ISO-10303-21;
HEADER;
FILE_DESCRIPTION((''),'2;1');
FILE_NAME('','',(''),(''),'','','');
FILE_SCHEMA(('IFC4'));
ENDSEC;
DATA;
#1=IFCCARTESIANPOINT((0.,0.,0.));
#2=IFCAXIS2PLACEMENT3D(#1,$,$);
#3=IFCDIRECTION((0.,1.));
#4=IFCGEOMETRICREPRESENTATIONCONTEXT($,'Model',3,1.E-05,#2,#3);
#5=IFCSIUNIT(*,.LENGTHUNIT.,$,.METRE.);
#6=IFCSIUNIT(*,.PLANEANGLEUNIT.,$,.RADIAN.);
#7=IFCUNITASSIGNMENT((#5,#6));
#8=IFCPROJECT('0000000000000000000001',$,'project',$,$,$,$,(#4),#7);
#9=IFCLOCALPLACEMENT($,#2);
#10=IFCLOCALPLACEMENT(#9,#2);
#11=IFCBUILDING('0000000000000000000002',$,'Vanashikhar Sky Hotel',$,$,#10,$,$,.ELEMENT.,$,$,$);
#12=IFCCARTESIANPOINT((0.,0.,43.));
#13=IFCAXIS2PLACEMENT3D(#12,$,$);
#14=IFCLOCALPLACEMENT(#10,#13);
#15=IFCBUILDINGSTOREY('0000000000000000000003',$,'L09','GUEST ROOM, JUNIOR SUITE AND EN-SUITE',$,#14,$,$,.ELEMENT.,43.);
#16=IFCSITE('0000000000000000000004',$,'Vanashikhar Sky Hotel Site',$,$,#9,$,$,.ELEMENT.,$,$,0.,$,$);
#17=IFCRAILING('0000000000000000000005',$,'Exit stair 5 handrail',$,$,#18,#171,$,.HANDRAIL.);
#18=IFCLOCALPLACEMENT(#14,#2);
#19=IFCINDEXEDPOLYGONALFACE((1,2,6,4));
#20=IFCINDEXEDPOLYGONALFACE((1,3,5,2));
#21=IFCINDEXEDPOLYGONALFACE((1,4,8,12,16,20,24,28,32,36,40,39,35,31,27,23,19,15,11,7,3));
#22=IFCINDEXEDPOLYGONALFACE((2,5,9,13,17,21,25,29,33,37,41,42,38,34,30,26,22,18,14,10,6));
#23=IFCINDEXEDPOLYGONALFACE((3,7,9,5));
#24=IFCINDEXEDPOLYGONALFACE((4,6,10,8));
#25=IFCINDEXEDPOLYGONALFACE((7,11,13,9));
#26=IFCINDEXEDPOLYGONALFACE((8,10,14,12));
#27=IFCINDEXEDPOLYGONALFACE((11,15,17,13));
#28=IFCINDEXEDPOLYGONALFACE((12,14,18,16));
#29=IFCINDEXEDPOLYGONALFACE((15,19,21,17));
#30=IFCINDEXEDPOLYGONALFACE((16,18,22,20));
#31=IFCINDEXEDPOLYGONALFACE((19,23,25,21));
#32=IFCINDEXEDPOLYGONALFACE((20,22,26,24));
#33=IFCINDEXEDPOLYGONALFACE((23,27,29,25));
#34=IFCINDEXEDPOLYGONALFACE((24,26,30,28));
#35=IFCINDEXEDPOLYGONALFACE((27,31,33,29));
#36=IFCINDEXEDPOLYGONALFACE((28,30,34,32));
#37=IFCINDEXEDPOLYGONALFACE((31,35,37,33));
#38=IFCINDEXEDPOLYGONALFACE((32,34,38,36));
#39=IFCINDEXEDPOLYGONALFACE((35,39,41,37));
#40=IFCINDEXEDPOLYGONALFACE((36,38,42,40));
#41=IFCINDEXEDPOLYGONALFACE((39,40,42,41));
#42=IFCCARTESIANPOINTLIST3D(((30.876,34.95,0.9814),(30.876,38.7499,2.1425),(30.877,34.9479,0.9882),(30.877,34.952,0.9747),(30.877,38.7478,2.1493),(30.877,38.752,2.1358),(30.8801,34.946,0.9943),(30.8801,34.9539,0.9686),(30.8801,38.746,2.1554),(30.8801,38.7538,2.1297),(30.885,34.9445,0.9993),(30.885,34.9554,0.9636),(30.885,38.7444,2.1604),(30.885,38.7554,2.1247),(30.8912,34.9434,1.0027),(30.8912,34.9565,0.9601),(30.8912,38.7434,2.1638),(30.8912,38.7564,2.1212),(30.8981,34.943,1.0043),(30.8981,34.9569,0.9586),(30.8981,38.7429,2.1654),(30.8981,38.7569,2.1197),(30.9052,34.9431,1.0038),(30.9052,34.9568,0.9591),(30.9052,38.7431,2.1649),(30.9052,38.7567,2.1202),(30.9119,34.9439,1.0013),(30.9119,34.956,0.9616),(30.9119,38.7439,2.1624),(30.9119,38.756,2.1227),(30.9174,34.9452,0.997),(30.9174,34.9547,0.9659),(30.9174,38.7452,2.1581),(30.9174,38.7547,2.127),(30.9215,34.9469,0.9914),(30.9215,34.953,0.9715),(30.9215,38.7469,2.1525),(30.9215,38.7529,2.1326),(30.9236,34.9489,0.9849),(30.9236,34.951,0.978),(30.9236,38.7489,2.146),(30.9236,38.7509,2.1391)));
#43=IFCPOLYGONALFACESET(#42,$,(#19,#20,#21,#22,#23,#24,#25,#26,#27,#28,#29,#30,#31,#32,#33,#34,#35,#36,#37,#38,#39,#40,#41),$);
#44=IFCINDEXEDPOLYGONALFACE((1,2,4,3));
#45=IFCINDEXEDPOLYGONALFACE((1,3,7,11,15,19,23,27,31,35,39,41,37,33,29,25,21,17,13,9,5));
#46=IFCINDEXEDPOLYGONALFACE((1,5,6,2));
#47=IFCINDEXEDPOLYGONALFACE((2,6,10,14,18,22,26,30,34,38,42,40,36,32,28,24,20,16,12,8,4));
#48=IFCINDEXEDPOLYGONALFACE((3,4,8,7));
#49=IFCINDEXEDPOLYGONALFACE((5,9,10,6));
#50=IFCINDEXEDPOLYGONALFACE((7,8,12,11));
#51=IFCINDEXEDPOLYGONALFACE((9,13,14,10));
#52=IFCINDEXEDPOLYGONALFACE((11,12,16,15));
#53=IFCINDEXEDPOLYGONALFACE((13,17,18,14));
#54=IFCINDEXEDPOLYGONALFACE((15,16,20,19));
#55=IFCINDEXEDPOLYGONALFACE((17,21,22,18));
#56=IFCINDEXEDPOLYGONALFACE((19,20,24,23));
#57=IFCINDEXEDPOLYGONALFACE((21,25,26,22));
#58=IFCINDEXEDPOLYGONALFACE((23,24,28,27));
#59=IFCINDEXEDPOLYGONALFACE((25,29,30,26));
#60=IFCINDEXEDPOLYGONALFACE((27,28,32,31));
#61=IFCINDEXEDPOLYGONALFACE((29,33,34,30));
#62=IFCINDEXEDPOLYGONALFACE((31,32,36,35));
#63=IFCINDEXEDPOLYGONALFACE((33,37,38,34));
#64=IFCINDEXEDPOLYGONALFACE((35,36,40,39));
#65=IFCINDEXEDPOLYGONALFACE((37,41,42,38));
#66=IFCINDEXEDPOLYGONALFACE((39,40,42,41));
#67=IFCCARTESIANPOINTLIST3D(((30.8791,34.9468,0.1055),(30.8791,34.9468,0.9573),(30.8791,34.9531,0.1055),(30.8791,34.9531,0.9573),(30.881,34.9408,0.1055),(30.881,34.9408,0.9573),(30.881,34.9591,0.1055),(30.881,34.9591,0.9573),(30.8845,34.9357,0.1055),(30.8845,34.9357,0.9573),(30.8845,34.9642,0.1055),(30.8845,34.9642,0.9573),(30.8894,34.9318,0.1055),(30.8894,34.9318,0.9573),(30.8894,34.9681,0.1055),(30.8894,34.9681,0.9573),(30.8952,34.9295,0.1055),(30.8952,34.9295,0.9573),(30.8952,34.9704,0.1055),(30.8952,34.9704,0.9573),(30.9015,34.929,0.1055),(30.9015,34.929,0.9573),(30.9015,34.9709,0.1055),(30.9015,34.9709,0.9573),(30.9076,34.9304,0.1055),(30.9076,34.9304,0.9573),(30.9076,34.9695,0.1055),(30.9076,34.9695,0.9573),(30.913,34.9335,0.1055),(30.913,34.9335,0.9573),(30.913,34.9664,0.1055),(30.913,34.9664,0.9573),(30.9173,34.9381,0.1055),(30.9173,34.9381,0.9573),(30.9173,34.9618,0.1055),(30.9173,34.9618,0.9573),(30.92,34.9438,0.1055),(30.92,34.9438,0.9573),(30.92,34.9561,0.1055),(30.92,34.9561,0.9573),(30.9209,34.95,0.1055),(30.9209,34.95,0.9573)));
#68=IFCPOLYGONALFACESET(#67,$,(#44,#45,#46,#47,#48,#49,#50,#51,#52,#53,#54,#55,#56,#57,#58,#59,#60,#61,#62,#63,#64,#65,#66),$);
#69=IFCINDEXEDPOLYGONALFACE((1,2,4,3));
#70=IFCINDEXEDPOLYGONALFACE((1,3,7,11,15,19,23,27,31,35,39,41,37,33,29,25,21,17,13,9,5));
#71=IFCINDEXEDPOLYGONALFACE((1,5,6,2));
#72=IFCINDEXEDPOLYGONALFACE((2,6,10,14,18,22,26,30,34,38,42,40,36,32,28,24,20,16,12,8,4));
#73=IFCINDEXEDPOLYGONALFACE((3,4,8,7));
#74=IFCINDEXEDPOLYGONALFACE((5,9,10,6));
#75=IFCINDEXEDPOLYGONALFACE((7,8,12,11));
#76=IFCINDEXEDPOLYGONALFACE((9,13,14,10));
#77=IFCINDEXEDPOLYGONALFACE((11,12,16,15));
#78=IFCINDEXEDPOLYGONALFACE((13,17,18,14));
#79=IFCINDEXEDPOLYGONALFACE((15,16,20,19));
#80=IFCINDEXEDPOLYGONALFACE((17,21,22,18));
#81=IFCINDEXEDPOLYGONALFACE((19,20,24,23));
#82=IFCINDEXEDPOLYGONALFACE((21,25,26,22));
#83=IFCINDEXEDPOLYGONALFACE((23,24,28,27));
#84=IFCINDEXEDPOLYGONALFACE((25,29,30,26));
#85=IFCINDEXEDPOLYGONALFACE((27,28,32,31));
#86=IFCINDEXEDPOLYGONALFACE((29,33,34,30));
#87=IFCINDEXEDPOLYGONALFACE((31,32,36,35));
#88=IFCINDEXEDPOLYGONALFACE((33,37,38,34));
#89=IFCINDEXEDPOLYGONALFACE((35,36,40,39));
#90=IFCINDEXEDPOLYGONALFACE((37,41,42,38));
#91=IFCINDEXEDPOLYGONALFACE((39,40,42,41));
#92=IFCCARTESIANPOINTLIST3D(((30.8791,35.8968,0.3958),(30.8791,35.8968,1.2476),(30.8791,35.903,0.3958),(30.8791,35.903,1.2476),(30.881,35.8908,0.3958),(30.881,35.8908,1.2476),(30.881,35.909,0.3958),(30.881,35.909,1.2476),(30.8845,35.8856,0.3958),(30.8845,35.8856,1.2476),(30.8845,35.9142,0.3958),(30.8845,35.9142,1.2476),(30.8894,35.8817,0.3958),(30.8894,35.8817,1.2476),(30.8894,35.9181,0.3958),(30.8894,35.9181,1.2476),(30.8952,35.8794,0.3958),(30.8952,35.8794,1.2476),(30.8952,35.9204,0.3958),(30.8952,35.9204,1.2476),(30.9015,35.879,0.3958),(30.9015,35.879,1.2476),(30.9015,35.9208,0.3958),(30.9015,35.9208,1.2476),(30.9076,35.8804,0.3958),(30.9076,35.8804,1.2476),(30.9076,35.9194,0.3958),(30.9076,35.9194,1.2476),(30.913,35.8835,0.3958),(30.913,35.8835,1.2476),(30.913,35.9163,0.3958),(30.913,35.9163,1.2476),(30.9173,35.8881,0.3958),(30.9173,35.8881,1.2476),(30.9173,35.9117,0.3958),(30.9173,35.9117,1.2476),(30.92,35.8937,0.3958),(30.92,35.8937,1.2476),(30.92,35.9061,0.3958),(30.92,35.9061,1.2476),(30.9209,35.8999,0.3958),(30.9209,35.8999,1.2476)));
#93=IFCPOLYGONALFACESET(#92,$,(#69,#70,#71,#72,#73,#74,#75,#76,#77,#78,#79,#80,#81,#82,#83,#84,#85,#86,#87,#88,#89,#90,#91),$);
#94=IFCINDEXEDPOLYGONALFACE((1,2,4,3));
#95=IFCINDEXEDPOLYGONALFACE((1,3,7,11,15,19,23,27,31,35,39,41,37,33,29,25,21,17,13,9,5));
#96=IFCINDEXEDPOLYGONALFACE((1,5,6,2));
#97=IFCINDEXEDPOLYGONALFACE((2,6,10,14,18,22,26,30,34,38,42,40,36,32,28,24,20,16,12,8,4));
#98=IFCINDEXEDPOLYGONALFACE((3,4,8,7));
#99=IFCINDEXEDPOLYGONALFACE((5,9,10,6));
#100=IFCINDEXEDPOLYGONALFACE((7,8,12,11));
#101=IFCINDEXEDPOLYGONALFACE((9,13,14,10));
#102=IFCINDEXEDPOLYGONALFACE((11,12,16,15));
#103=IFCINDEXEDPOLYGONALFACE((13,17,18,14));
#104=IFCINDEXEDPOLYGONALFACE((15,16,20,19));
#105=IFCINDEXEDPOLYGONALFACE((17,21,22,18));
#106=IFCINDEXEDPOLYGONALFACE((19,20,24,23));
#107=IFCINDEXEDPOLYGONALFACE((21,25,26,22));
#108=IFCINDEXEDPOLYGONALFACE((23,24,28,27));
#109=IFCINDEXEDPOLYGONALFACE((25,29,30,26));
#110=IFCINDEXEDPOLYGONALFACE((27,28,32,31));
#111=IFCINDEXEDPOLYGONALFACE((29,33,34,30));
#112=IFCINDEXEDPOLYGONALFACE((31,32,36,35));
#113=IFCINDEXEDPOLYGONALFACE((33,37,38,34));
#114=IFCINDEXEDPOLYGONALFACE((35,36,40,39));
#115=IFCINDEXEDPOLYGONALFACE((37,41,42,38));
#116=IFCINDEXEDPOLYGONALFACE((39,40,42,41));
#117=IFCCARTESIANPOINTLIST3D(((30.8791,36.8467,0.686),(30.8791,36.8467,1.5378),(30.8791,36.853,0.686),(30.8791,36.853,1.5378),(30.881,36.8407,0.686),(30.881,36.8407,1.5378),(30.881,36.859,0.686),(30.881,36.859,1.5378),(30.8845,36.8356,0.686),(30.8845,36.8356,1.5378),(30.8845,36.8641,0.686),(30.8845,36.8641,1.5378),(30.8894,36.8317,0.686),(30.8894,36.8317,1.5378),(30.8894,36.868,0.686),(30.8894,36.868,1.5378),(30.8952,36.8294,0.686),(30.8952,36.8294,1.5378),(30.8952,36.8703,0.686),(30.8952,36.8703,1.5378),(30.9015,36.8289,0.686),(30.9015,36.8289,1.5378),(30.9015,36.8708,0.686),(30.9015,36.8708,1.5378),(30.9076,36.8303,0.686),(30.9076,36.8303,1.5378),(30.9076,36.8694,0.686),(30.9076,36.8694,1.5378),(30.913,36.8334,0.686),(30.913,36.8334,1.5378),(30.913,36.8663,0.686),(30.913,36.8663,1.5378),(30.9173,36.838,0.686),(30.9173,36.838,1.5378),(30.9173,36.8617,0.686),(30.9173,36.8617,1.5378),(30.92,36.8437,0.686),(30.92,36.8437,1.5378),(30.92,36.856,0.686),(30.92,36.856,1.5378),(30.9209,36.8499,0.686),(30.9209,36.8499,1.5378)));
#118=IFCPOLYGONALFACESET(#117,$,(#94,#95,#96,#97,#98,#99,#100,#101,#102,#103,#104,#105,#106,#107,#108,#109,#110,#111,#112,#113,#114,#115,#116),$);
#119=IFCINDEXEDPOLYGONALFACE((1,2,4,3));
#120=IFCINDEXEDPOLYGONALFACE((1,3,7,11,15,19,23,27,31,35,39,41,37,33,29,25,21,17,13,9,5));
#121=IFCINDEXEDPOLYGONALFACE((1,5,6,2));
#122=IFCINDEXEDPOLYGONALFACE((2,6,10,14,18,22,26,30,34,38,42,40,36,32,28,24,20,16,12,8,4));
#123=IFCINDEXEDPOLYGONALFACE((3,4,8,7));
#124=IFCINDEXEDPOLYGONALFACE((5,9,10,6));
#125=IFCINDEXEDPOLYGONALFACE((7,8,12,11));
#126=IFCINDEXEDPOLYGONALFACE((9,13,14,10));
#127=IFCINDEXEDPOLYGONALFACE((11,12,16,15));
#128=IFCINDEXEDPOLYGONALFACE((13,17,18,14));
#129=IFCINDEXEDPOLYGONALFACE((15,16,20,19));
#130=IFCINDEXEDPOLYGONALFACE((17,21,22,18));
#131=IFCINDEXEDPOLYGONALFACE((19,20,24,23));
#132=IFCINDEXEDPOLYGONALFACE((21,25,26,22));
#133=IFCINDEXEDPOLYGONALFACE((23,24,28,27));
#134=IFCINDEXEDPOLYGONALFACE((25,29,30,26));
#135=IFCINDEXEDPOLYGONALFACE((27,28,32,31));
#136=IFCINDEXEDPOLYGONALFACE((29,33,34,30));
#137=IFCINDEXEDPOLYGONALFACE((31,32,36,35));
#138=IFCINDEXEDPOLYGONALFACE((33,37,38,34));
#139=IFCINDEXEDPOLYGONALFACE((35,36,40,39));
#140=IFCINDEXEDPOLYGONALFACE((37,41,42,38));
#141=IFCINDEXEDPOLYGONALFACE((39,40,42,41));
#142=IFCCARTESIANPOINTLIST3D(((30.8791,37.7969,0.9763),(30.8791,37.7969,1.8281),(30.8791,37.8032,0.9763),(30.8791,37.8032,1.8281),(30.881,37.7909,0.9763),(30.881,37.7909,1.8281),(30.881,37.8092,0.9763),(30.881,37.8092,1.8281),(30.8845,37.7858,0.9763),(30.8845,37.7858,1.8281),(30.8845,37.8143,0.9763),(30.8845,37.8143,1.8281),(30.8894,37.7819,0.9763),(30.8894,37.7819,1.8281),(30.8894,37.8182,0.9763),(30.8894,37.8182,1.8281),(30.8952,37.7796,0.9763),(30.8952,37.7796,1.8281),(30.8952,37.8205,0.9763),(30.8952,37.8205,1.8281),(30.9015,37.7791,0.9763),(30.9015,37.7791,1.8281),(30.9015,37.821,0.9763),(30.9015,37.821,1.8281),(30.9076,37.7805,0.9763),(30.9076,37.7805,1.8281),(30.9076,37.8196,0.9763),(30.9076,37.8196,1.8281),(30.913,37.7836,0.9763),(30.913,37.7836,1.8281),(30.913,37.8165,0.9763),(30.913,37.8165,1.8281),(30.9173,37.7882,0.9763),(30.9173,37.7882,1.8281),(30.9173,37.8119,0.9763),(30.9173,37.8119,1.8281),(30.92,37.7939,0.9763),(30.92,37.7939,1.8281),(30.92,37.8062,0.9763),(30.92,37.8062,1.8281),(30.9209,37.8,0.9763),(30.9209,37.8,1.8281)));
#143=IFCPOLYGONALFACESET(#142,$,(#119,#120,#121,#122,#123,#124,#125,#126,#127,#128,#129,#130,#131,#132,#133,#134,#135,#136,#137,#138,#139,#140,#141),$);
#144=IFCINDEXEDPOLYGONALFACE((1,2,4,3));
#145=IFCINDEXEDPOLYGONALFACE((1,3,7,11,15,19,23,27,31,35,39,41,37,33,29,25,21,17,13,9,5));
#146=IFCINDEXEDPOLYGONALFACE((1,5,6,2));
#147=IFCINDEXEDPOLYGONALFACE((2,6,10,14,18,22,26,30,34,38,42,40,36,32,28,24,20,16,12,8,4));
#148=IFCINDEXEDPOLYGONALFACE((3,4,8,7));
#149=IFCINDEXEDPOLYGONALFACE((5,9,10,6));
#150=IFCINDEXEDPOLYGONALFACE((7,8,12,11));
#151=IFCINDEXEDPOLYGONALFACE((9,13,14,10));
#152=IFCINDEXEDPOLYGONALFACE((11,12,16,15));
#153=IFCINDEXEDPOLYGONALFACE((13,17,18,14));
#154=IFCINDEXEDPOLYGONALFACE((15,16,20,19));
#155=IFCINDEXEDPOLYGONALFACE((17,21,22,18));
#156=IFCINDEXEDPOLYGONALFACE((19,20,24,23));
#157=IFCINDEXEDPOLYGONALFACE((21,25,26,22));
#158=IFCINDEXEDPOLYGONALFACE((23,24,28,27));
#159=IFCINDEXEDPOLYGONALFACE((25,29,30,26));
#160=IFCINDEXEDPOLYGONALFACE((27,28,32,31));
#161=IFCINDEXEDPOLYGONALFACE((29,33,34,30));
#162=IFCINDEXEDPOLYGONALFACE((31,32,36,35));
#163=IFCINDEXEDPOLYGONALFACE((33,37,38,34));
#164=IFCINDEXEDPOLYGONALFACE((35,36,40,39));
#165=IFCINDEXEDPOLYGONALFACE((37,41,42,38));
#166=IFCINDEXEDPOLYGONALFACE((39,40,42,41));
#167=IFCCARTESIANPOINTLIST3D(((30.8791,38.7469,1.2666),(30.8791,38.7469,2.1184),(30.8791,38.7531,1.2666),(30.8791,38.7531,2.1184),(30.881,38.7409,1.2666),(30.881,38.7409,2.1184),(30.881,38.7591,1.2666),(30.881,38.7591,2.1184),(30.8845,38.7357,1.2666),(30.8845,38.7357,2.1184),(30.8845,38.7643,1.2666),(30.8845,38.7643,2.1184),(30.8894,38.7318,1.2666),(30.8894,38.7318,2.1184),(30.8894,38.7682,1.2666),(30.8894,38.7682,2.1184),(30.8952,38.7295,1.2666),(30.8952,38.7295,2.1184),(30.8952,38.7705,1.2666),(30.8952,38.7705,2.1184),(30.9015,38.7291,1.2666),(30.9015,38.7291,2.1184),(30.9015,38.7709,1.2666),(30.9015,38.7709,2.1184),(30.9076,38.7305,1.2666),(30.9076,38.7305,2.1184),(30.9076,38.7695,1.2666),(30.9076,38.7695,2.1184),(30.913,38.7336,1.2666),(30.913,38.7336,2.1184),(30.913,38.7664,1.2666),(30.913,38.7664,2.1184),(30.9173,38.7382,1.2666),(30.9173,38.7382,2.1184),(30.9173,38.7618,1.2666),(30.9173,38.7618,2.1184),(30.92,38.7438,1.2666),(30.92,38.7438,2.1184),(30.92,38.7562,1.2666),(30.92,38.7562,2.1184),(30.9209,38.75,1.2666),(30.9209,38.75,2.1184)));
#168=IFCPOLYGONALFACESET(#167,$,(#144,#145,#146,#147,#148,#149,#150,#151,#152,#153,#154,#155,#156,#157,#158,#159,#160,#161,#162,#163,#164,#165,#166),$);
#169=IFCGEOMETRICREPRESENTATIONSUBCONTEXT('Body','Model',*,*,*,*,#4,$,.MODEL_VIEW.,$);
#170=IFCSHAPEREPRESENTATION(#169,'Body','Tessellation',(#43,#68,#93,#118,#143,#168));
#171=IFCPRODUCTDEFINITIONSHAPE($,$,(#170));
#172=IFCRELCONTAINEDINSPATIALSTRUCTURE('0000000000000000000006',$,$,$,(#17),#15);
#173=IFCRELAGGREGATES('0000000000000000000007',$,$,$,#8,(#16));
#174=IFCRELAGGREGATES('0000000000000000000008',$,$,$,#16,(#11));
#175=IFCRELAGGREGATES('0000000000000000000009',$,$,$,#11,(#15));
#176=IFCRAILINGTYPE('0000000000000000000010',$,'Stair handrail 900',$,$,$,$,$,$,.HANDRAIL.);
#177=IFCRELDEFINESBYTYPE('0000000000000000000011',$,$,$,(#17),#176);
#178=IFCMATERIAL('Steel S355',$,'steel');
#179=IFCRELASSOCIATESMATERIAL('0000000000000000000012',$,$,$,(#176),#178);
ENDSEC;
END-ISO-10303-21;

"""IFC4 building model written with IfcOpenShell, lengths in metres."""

from ifc_helpers import new_model, si_unit, direction, frame, origin, origin_2d, place, context, subcontext, project, spatial, circle, extrude, source, transform, mapped, material, type_object, element, save


model = new_model("IFC4")

# Units and contexts
model_context = context("Model", 3, precision=1e-05, world=origin(), true_north=direction((0.0, 1.0)))
body_context = subcontext(model_context, "Body", "Model", "MODEL_VIEW")
ifc_project = project(units=[si_unit("LENGTHUNIT", "METRE"), si_unit("PLANEANGLEUNIT", "RADIAN")], contexts=[model_context])

# Site, building, storey
site_placement = place(None, origin())
site = spatial("IfcSite", under=ifc_project, at=site_placement, Name="Vanashikhar Sky Hotel Site", CompositionType="ELEMENT", RefElevation=0.0)
building_placement = place(site_placement, origin())
building = spatial("IfcBuilding", under=site, at=building_placement, Name="Vanashikhar Sky Hotel", CompositionType="ELEMENT")
storey_placement = place(building_placement, frame((0.0, 0.0, 43.0)))
storey = spatial("IfcBuildingStorey", under=building, at=storey_placement, Name="L09", Description="GUEST ROOM, JUNIOR SUITE AND EN-SUITE", CompositionType="ELEMENT", Elevation=43.0)

# Railing
ifc_material_1 = material(Name="Steel S355", Category="steel")
railing_type_1 = type_object("IfcRailingType", Name="Stair handrail 900", PredefinedType="HANDRAIL", material=ifc_material_1)
shared_shape_1 = source(origin(), body_context, "Body", "SweptSolid", [
    extrude(circle(Radius=0.0239, at=origin_2d()), frame((0.0, 0.0, 0.876), z_axis=(0.0, 0.956351, 0.29222), x_axis=(-1.0, 0.0, 0.0)), (0.0, 0.0, 1.0), 3.9734),
    extrude(circle(Radius=0.021, at=origin_2d()), origin(), (0.0, 0.0, 1.0), 0.8518),
    extrude(circle(Radius=0.021, at=origin_2d()), frame((0.0, 0.95, 0.2903)), (0.0, 0.0, 1.0), 0.8518),
    extrude(circle(Radius=0.021, at=origin_2d()), frame((0.0, 1.8999, 0.5806)), (0.0, 0.0, 1.0), 0.8518),
    extrude(circle(Radius=0.021, at=origin_2d()), frame((0.0, 2.8501, 0.8708)), (0.0, 0.0, 1.0), 0.8518),
    extrude(circle(Radius=0.021, at=origin_2d()), frame((0.0, 3.8, 1.1611)), (0.0, 0.0, 1.0), 0.8518),
])
for number, where, name in (
    (1, (30.8999, 34.95, 0.1055), "Exit stair 5 handrail"),
):
    element("IfcRailing", number, at=place(storey_placement, frame(where)), inside=storey, type_object=railing_type_1, Name=name, PredefinedType="HANDRAIL", context=body_context, shape_type="MappedRepresentation", body=[
        mapped(shared_shape_1, transform((0.0, 0.0, 0.0), scale=1.0)),
    ])

save(model, "model.ifc")
